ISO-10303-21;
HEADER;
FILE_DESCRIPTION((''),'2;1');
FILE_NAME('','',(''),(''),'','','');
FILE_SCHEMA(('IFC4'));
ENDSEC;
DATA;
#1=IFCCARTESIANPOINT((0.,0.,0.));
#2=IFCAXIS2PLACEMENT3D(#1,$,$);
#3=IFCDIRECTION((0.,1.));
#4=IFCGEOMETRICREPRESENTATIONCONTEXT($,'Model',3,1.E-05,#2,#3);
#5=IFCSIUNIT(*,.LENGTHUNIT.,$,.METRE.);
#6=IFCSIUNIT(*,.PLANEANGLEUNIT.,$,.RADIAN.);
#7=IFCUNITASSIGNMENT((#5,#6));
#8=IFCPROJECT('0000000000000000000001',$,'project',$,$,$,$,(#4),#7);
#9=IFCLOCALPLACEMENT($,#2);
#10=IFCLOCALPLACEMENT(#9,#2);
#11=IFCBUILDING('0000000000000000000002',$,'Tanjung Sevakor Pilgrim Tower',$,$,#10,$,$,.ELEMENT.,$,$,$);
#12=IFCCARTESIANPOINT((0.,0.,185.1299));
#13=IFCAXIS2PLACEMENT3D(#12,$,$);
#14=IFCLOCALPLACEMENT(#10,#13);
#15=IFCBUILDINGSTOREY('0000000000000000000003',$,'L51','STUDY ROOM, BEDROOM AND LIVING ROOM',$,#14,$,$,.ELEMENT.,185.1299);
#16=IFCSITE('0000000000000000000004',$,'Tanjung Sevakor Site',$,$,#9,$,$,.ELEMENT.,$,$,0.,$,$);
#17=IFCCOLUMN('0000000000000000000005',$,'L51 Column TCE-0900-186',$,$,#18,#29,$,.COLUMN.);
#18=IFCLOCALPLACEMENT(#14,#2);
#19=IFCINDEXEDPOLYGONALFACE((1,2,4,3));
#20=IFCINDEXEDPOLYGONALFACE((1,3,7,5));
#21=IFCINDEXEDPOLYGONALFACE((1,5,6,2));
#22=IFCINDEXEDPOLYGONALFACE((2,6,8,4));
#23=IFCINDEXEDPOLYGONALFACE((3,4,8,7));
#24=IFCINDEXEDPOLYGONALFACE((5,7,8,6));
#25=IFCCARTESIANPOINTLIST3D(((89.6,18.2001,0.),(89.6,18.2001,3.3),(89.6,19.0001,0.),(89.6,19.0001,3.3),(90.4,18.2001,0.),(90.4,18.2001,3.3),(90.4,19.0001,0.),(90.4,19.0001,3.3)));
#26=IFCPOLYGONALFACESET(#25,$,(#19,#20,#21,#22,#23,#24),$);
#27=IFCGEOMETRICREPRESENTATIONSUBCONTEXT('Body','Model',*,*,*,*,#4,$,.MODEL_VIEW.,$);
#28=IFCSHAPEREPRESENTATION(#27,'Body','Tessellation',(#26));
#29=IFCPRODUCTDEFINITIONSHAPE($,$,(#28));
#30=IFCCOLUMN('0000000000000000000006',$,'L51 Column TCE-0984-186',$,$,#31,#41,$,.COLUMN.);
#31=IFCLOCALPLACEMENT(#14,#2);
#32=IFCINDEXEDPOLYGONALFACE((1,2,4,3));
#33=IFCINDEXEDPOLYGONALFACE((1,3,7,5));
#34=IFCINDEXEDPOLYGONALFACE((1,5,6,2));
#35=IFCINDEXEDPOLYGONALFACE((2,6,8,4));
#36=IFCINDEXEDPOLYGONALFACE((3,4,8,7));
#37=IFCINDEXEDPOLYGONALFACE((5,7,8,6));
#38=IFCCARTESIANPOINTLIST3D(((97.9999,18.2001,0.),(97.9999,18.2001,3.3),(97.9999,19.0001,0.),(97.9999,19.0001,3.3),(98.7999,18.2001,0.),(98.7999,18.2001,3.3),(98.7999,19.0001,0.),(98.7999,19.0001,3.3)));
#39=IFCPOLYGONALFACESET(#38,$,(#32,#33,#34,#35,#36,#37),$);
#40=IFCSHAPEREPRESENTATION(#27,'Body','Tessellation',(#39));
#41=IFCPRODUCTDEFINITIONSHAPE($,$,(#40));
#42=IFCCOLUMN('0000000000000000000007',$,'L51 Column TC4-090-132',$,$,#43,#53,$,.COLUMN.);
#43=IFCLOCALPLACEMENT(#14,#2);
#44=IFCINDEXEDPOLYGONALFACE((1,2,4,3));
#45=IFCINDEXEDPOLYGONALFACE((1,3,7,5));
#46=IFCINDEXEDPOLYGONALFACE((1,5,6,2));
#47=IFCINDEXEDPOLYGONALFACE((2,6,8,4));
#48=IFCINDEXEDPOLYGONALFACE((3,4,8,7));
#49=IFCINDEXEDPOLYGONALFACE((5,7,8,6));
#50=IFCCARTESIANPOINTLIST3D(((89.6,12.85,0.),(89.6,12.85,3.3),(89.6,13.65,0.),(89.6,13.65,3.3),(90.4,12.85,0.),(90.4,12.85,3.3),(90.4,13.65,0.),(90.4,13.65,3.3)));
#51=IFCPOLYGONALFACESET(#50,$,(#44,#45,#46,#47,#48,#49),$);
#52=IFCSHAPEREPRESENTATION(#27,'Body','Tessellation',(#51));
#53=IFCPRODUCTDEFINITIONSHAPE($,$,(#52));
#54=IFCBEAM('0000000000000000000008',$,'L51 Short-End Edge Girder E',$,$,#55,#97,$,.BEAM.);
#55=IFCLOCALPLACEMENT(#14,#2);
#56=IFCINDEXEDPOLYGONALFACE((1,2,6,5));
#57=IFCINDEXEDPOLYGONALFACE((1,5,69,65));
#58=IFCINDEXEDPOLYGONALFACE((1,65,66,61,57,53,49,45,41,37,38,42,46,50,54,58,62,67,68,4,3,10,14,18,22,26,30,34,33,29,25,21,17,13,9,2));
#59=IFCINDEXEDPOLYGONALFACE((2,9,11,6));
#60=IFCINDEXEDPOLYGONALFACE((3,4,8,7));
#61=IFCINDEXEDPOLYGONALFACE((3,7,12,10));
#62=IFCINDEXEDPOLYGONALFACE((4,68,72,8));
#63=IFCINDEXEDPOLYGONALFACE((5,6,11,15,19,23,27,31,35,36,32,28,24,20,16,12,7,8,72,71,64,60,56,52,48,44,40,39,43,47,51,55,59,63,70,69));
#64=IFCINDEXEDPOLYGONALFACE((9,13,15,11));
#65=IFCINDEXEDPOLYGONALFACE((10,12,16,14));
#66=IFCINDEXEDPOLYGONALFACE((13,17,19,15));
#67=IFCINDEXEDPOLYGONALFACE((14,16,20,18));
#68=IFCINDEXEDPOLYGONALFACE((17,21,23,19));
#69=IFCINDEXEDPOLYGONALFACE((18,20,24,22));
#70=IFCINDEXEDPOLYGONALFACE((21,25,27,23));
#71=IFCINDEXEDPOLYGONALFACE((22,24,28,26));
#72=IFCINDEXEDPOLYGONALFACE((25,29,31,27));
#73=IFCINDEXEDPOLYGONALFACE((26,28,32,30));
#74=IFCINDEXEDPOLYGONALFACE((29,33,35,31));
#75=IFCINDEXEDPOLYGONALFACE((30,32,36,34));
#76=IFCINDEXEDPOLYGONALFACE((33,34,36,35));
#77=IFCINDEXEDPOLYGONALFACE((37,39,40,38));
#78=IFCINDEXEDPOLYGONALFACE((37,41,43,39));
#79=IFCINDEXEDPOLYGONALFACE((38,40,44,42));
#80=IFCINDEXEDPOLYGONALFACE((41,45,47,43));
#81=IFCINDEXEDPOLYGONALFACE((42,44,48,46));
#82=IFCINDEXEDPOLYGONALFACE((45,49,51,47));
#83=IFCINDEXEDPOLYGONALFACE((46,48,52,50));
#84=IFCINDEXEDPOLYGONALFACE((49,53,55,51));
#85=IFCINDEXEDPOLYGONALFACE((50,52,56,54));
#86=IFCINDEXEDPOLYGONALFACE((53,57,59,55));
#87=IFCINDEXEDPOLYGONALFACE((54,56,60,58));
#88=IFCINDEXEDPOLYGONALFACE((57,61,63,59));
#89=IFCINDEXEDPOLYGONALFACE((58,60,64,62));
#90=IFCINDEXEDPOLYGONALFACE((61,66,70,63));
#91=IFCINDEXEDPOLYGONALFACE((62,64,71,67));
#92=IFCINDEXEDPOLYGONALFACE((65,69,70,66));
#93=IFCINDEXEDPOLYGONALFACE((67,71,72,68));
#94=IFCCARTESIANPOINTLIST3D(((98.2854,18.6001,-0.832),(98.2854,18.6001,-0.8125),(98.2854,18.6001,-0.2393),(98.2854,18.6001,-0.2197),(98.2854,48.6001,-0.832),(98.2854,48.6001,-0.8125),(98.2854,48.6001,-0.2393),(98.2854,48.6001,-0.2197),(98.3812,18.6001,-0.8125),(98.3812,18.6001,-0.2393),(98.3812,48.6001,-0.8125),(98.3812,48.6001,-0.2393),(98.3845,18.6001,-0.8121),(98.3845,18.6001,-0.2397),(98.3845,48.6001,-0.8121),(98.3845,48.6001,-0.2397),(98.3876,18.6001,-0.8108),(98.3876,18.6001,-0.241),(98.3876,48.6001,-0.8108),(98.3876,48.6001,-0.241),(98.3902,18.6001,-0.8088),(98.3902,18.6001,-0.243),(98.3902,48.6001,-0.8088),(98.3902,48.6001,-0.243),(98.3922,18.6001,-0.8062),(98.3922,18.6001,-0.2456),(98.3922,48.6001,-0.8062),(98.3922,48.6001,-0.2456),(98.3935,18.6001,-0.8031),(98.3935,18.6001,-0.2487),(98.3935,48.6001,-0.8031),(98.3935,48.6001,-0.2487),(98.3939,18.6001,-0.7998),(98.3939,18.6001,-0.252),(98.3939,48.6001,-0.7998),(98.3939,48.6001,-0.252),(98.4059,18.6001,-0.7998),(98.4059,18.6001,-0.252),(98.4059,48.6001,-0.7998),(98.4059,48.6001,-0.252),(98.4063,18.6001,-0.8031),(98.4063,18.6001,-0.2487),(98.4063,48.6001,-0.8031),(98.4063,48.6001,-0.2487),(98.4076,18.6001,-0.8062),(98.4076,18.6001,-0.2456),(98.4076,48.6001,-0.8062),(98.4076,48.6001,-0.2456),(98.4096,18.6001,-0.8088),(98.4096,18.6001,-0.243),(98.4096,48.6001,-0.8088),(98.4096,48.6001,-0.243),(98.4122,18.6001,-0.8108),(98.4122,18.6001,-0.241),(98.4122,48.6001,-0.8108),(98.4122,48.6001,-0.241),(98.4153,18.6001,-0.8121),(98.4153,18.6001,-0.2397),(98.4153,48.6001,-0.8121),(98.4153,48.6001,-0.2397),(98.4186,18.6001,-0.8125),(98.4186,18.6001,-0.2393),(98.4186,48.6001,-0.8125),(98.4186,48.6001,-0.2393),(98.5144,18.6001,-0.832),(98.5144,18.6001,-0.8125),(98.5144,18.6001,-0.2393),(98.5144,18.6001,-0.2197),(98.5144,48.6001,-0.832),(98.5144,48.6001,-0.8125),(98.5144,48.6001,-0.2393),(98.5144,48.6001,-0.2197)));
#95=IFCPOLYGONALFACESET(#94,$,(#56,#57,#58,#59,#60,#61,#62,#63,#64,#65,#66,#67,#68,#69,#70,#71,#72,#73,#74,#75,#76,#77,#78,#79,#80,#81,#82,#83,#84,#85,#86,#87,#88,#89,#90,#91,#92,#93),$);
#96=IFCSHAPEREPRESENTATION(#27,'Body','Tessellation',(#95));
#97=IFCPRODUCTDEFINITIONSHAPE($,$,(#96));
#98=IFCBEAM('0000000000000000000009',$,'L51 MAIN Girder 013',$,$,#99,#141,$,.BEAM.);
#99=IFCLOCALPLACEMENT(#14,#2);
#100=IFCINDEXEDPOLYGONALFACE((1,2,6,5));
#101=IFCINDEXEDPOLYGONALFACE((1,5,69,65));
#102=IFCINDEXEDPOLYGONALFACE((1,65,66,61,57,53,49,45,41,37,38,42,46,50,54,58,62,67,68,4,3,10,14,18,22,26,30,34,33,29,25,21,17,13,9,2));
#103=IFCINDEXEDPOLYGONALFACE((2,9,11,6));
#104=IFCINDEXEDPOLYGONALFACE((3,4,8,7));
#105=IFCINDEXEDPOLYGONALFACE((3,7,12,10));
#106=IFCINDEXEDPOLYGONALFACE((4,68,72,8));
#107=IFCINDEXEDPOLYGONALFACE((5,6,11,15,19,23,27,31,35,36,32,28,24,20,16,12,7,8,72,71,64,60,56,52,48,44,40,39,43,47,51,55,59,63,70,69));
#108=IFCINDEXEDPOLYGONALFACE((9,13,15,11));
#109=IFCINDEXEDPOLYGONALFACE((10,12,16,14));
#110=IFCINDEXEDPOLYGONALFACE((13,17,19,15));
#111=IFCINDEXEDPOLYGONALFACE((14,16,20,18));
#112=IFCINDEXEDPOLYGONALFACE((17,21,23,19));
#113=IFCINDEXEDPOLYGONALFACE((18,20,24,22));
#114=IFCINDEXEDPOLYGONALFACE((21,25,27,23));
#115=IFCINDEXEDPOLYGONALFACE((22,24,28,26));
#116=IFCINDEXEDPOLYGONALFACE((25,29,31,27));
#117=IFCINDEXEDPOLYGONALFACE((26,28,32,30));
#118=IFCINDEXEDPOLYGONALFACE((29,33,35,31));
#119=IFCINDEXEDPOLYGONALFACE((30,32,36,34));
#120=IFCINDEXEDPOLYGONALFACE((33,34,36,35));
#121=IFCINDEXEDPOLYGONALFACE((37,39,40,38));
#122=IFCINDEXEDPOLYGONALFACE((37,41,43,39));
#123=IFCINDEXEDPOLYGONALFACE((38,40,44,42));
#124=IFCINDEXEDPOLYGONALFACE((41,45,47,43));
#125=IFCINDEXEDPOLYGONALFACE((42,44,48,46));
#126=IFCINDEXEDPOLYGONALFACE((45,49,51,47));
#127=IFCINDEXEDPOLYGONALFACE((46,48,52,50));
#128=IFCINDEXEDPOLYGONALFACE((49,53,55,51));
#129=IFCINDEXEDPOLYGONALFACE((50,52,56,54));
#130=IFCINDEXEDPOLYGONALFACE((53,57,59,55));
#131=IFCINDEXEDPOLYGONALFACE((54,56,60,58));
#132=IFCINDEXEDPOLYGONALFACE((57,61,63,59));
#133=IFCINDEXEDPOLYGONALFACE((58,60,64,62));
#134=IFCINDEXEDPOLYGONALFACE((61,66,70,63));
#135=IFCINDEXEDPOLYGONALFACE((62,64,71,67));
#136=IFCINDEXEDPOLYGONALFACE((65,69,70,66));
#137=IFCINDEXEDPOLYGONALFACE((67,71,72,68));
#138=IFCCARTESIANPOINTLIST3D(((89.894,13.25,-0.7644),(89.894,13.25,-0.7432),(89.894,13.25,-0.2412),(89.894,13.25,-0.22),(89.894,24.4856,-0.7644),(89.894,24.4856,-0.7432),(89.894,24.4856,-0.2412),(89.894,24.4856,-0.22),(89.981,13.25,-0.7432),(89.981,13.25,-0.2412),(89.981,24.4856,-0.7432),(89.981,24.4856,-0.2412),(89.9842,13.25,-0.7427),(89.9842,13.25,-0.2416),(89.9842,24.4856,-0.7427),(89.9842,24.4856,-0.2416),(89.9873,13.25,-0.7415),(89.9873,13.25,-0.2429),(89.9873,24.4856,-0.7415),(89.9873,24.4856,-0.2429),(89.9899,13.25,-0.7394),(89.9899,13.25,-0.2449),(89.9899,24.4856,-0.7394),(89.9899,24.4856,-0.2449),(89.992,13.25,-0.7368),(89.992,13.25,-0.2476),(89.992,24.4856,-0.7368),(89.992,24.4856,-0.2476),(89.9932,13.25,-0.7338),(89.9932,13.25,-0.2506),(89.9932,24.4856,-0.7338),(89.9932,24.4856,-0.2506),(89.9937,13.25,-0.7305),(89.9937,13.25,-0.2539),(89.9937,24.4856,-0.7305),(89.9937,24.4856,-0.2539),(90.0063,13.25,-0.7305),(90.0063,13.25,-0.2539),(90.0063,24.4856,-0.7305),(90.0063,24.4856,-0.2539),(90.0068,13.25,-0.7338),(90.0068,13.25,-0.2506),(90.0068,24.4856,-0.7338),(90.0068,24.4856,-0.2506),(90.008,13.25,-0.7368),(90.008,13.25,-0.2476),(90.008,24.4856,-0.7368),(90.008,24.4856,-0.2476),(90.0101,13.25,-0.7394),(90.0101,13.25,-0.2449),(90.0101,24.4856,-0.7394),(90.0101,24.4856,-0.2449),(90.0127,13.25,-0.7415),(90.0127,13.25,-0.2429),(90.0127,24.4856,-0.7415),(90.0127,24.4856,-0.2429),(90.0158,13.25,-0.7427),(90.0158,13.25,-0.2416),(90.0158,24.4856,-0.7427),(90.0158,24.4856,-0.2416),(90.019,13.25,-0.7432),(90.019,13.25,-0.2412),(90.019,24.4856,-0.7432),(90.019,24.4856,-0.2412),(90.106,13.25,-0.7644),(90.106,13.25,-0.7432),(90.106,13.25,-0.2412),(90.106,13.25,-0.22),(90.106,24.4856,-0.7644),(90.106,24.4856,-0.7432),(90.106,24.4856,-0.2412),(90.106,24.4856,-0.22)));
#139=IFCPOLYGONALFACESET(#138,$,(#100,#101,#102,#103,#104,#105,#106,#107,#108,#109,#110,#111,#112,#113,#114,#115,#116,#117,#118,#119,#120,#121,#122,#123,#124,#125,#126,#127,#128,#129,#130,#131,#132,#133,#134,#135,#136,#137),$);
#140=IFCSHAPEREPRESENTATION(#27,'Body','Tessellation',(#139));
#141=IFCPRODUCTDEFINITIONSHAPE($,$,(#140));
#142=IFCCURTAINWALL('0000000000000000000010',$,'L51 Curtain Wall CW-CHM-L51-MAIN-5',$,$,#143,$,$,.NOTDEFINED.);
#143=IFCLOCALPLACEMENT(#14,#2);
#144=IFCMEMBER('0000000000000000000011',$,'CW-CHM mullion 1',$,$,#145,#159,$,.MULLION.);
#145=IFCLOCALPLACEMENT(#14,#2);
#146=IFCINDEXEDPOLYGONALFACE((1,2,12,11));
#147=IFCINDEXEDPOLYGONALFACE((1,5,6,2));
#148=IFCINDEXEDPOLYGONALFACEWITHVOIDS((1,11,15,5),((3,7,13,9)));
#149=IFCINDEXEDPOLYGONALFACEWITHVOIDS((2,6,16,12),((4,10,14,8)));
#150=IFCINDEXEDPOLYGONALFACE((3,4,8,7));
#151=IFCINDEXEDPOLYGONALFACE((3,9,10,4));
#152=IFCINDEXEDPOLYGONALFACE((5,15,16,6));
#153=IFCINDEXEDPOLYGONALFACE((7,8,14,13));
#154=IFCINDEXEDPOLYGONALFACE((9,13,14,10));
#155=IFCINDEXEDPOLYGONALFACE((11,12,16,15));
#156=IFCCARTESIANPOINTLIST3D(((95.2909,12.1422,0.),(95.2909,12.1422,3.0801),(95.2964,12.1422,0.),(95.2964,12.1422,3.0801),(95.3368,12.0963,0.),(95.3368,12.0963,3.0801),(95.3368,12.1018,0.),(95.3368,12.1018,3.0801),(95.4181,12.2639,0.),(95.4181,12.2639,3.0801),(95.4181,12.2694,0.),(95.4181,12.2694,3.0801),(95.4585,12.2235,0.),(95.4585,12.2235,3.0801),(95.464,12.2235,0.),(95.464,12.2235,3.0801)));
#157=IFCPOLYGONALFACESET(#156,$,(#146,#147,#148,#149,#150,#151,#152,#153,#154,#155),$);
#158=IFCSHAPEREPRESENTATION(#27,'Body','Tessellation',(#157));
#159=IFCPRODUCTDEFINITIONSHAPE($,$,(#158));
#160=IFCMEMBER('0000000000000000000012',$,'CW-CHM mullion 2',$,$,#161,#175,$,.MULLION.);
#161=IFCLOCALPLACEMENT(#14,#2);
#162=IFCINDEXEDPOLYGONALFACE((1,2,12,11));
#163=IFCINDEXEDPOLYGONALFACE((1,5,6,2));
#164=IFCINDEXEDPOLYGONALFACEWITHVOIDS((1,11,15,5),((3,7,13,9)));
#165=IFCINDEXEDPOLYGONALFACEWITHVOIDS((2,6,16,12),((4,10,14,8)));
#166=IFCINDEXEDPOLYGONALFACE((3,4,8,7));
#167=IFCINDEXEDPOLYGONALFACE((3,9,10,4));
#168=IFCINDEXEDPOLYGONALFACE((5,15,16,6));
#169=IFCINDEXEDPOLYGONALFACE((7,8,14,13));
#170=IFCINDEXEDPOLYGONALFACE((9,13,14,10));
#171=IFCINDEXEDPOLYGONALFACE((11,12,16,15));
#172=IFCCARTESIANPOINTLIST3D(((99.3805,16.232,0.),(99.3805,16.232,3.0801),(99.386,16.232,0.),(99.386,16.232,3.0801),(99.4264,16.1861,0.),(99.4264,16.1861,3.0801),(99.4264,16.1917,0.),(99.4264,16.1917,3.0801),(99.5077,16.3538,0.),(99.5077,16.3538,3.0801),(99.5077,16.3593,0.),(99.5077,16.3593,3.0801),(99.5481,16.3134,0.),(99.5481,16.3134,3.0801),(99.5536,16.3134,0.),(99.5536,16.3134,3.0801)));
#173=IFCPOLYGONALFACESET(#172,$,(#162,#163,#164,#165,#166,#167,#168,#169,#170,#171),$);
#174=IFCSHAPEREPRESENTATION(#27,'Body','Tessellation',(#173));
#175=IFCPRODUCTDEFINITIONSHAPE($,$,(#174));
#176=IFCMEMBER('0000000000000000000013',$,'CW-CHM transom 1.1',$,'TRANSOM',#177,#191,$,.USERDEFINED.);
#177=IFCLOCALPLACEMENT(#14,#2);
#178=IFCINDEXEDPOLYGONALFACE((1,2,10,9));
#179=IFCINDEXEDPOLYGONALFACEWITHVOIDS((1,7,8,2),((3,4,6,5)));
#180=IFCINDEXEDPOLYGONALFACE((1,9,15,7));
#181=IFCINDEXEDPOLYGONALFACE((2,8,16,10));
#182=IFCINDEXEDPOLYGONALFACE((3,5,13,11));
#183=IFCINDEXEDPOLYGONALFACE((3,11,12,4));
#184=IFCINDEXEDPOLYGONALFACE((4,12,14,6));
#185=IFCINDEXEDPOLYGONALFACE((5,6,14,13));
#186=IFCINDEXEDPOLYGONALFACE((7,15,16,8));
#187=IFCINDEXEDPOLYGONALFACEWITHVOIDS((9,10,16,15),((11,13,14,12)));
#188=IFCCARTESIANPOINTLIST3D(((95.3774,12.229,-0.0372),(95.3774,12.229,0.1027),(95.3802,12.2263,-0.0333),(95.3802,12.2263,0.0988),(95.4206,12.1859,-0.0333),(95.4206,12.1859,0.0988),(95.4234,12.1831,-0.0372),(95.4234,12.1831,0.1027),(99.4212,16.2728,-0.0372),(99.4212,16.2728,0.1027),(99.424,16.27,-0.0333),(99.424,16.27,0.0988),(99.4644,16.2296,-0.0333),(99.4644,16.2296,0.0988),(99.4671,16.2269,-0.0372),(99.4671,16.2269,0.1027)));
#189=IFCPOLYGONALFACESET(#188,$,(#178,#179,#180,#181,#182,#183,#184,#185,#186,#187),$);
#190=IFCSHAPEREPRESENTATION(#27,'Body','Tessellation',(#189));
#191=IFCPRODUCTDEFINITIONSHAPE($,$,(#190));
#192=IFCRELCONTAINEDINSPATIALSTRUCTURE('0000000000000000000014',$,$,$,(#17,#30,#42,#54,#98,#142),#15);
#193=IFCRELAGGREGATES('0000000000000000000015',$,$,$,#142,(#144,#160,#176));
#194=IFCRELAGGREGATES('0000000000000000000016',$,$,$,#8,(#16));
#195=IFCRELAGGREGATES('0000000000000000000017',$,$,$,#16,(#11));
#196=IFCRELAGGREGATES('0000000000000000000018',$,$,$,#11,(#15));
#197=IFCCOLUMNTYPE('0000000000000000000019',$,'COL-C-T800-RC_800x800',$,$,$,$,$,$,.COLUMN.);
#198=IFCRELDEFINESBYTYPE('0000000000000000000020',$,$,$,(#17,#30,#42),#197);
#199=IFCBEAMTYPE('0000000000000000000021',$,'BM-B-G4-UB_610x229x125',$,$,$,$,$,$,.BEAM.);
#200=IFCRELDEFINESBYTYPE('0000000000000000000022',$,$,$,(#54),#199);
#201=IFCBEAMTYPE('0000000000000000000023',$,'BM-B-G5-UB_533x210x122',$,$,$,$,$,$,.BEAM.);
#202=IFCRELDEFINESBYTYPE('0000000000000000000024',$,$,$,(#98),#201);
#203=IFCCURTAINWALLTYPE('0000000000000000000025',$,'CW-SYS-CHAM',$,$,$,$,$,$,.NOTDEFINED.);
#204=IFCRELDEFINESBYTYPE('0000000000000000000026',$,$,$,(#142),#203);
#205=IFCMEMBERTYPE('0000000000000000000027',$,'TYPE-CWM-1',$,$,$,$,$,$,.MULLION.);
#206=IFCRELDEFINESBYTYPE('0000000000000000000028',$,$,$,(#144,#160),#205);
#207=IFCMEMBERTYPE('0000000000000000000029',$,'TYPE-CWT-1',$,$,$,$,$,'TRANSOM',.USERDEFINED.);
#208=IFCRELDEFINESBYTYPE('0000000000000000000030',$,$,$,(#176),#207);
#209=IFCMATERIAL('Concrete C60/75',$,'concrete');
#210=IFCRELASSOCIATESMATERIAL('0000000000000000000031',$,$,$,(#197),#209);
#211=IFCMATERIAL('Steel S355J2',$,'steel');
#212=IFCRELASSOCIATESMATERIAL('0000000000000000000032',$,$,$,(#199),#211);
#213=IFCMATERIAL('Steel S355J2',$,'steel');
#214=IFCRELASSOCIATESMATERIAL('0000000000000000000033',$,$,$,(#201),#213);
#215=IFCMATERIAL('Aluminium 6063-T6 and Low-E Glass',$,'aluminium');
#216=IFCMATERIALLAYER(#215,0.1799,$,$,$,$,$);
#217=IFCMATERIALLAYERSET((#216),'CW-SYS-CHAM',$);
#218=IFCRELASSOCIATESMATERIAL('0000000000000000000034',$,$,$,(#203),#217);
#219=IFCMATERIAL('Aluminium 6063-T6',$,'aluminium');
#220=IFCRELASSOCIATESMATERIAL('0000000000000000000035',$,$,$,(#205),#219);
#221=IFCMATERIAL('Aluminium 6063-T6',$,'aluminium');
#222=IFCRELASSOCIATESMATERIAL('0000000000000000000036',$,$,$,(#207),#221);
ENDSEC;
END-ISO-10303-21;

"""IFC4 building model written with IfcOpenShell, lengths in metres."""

from ifc_helpers import new_model, si_unit, direction, frame, origin, origin_2d, place, context, subcontext, project, spatial, rectangle, hollow_rectangle, i_section, extrude, material, layer, layer_set, material_profile, profile_set, type_object, element, aggregate, save


model = new_model("IFC4")

# Units and contexts
model_context = context("Model", 3, precision=1e-05, world=origin(), true_north=direction((0.0, 1.0)))
body_context = subcontext(model_context, "Body", "Model", "MODEL_VIEW")
ifc_project = project(units=[si_unit("LENGTHUNIT", "METRE"), si_unit("PLANEANGLEUNIT", "RADIAN")], contexts=[model_context])

# Site, building, storey
site_placement = place(None, origin())
site = spatial("IfcSite", under=ifc_project, at=site_placement, Name="Tanjung Sevakor Site", CompositionType="ELEMENT", RefElevation=0.0)
building_placement = place(site_placement, origin())
building = spatial("IfcBuilding", under=site, at=building_placement, Name="Tanjung Sevakor Pilgrim Tower", CompositionType="ELEMENT")
storey_placement = place(building_placement, frame((0.0, 0.0, 185.1299)))
storey = spatial("IfcBuildingStorey", under=building, at=storey_placement, Name="L51", Description="STUDY ROOM, BEDROOM AND LIVING ROOM", CompositionType="ELEMENT", Elevation=185.1299)

# Columns
ifc_material_1 = material(Name="Concrete C60/75", Category="concrete")
ifc_material_profile_1 = material_profile(ifc_material_1, rectangle(XDim=0.8, YDim=0.8, at=origin_2d()))
ifc_profile_set_1 = profile_set([ifc_material_profile_1], Name="Concrete C60/75")
column_type = type_object("IfcColumnType", Name="COL-C-T800-RC_800x800", PredefinedType="COLUMN", material=ifc_profile_set_1)
for number, where, z_axis, x_axis, name in (
    (1, (90.0, 18.6001, 0.0), (0.0, 0.0, 1.0), (1.0, 0.0, 0.0), "L51 Column TCE-0900-186"),
    (2, (98.3999, 18.6001, 0.0), (0.0, 0.0, 1.0), (1.0, 0.0, 0.0), "L51 Column TCE-0984-186"),
    (3, (90.0, 13.25, 0.0), (0.0, 0.0, 1.0), (1.0, 0.0, 0.0), "L51 Column TC4-090-132"),
):
    element("IfcColumn", number, at=place(storey_placement, frame(where, z_axis=z_axis, x_axis=x_axis)), inside=storey, type_object=column_type, Name=name, PredefinedType="COLUMN", context=body_context, shape_type="SweptSolid", body=[
        extrude(rectangle(XDim=0.8, YDim=0.8, at=origin_2d()), origin(), (0.0, 0.0, 1.0), 3.3),
    ])

# Beams
ifc_material_2 = material(Name="Steel S355J2", Category="steel")
ifc_material_profile_2 = material_profile(ifc_material_2, i_section(OverallWidth=0.229, OverallDepth=0.6123, WebThickness=0.012, FlangeThickness=0.0195, FilletRadius=0.0127, at=origin_2d()))
ifc_profile_set_2 = profile_set([ifc_material_profile_2], Name="Steel S355J2")
beam_type_1 = type_object("IfcBeamType", Name="BM-B-G4-UB_610x229x125", PredefinedType="BEAM", material=ifc_profile_set_2)
beam_1_placement = place(storey_placement, frame((98.3999, 18.6001, -0.5259), z_axis=(0.0, 1.0, 0.0), x_axis=(-1.0, 0.0, 0.0)))
element("IfcBeam", 4, at=beam_1_placement, inside=storey, type_object=beam_type_1, Name="L51 Short-End Edge Girder E", PredefinedType="BEAM", context=body_context, shape_type="SweptSolid", body=[
    extrude(i_section(OverallWidth=0.229, OverallDepth=0.6123, WebThickness=0.012, FlangeThickness=0.0195, FilletRadius=0.0127, at=origin_2d()), origin(), (0.0, 0.0, 1.0), 30.0),
])
ifc_material_3 = material(Name="Steel S355J2", Category="steel")
ifc_material_profile_3 = material_profile(ifc_material_3, i_section(OverallWidth=0.2119, OverallDepth=0.5444, WebThickness=0.0127, FlangeThickness=0.0212, FilletRadius=0.0127, at=origin_2d()))
ifc_profile_set_3 = profile_set([ifc_material_profile_3], Name="Steel S355J2")
beam_type_2 = type_object("IfcBeamType", Name="BM-B-G5-UB_533x210x122", PredefinedType="BEAM", material=ifc_profile_set_3)
beam_2_placement = place(storey_placement, frame((90.0, 13.25, -0.4922), z_axis=(0.0, 1.0, 0.0), x_axis=(-1.0, 0.0, 0.0)))
element("IfcBeam", 5, at=beam_2_placement, inside=storey, type_object=beam_type_2, Name="L51 MAIN Girder 013", PredefinedType="BEAM", context=body_context, shape_type="SweptSolid", body=[
    extrude(i_section(OverallWidth=0.2119, OverallDepth=0.5444, WebThickness=0.0127, FlangeThickness=0.0212, FilletRadius=0.0127, at=origin_2d()), origin(), (0.0, 0.0, 1.0), 11.2356),
])

# Curtain wall, members
ifc_material_4 = material(Name="Aluminium 6063-T6 and Low-E Glass", Category="aluminium")
ifc_layer_1 = layer(ifc_material_4, 0.1799)
ifc_layer_set_1 = layer_set([ifc_layer_1], Name="CW-SYS-CHAM")
curtain_wall_type = type_object("IfcCurtainWallType", Name="CW-SYS-CHAM", PredefinedType="NOTDEFINED", material=ifc_layer_set_1)
curtain_wall_placement = place(storey_placement, origin())
curtain_wall = element("IfcCurtainWall", 6, at=curtain_wall_placement, inside=storey, type_object=curtain_wall_type, Name="L51 Curtain Wall CW-CHM-L51-MAIN-5", PredefinedType="NOTDEFINED")
ifc_material_5 = material(Name="Aluminium 6063-T6", Category="aluminium")
ifc_material_profile_4 = material_profile(ifc_material_5, hollow_rectangle(XDim=0.0649, YDim=0.1799, WallThickness=0.0039, at=origin_2d()))
ifc_profile_set_4 = profile_set([ifc_material_profile_4], Name="Aluminium 6063-T6")
member_type_1 = type_object("IfcMemberType", Name="TYPE-CWM-1", PredefinedType="MULLION", material=ifc_profile_set_4)
member_1_placement = place(storey_placement, frame((95.3774, 12.1829, 0.0), z_axis=(0.0, 0.0, 1.0), x_axis=(-0.707107, 0.707107, 0.0)))
member_1 = element("IfcMember", 7, at=member_1_placement, type_object=member_type_1, Name="CW-CHM mullion 1", PredefinedType="MULLION", context=body_context, shape_type="SweptSolid", body=[
    extrude(hollow_rectangle(XDim=0.0649, YDim=0.1799, WallThickness=0.0039, at=origin_2d()), origin(), (0.0, 0.0, 1.0), 3.0801),
])
member_2_placement = place(storey_placement, frame((99.467, 16.2727, 0.0), z_axis=(0.0, 0.0, 1.0), x_axis=(-0.707107, 0.707107, 0.0)))
member_2 = element("IfcMember", 8, at=member_2_placement, type_object=member_type_1, Name="CW-CHM mullion 2", PredefinedType="MULLION", context=body_context, shape_type="SweptSolid", body=[
    extrude(hollow_rectangle(XDim=0.0649, YDim=0.1799, WallThickness=0.0039, at=origin_2d()), origin(), (0.0, 0.0, 1.0), 3.0801),
])
ifc_material_6 = material(Name="Aluminium 6063-T6", Category="aluminium")
ifc_material_profile_5 = material_profile(ifc_material_6, hollow_rectangle(XDim=0.0649, YDim=0.1399, WallThickness=0.0039, at=origin_2d()))
ifc_profile_set_5 = profile_set([ifc_material_profile_5], Name="Aluminium 6063-T6")
member_type_2 = type_object("IfcMemberType", Name="TYPE-CWT-1", ElementType="TRANSOM", PredefinedType="USERDEFINED", material=ifc_profile_set_5)
member_3_placement = place(storey_placement, frame((95.4004, 12.2061, 0.0327), z_axis=(0.707107, 0.707107, 0.0), x_axis=(-0.707107, 0.707107, 0.0)))
member_3 = element("IfcMember", 9, at=member_3_placement, type_object=member_type_2, Name="CW-CHM transom 1.1", ObjectType="TRANSOM", PredefinedType="USERDEFINED", context=body_context, shape_type="SweptSolid", body=[
    extrude(hollow_rectangle(XDim=0.0649, YDim=0.1399, WallThickness=0.0039, at=origin_2d()), origin(), (0.0, 0.0, 1.0), 5.7188),
])
aggregate(curtain_wall, [member_1, member_2, member_3])

save(model, "model.ifc")
